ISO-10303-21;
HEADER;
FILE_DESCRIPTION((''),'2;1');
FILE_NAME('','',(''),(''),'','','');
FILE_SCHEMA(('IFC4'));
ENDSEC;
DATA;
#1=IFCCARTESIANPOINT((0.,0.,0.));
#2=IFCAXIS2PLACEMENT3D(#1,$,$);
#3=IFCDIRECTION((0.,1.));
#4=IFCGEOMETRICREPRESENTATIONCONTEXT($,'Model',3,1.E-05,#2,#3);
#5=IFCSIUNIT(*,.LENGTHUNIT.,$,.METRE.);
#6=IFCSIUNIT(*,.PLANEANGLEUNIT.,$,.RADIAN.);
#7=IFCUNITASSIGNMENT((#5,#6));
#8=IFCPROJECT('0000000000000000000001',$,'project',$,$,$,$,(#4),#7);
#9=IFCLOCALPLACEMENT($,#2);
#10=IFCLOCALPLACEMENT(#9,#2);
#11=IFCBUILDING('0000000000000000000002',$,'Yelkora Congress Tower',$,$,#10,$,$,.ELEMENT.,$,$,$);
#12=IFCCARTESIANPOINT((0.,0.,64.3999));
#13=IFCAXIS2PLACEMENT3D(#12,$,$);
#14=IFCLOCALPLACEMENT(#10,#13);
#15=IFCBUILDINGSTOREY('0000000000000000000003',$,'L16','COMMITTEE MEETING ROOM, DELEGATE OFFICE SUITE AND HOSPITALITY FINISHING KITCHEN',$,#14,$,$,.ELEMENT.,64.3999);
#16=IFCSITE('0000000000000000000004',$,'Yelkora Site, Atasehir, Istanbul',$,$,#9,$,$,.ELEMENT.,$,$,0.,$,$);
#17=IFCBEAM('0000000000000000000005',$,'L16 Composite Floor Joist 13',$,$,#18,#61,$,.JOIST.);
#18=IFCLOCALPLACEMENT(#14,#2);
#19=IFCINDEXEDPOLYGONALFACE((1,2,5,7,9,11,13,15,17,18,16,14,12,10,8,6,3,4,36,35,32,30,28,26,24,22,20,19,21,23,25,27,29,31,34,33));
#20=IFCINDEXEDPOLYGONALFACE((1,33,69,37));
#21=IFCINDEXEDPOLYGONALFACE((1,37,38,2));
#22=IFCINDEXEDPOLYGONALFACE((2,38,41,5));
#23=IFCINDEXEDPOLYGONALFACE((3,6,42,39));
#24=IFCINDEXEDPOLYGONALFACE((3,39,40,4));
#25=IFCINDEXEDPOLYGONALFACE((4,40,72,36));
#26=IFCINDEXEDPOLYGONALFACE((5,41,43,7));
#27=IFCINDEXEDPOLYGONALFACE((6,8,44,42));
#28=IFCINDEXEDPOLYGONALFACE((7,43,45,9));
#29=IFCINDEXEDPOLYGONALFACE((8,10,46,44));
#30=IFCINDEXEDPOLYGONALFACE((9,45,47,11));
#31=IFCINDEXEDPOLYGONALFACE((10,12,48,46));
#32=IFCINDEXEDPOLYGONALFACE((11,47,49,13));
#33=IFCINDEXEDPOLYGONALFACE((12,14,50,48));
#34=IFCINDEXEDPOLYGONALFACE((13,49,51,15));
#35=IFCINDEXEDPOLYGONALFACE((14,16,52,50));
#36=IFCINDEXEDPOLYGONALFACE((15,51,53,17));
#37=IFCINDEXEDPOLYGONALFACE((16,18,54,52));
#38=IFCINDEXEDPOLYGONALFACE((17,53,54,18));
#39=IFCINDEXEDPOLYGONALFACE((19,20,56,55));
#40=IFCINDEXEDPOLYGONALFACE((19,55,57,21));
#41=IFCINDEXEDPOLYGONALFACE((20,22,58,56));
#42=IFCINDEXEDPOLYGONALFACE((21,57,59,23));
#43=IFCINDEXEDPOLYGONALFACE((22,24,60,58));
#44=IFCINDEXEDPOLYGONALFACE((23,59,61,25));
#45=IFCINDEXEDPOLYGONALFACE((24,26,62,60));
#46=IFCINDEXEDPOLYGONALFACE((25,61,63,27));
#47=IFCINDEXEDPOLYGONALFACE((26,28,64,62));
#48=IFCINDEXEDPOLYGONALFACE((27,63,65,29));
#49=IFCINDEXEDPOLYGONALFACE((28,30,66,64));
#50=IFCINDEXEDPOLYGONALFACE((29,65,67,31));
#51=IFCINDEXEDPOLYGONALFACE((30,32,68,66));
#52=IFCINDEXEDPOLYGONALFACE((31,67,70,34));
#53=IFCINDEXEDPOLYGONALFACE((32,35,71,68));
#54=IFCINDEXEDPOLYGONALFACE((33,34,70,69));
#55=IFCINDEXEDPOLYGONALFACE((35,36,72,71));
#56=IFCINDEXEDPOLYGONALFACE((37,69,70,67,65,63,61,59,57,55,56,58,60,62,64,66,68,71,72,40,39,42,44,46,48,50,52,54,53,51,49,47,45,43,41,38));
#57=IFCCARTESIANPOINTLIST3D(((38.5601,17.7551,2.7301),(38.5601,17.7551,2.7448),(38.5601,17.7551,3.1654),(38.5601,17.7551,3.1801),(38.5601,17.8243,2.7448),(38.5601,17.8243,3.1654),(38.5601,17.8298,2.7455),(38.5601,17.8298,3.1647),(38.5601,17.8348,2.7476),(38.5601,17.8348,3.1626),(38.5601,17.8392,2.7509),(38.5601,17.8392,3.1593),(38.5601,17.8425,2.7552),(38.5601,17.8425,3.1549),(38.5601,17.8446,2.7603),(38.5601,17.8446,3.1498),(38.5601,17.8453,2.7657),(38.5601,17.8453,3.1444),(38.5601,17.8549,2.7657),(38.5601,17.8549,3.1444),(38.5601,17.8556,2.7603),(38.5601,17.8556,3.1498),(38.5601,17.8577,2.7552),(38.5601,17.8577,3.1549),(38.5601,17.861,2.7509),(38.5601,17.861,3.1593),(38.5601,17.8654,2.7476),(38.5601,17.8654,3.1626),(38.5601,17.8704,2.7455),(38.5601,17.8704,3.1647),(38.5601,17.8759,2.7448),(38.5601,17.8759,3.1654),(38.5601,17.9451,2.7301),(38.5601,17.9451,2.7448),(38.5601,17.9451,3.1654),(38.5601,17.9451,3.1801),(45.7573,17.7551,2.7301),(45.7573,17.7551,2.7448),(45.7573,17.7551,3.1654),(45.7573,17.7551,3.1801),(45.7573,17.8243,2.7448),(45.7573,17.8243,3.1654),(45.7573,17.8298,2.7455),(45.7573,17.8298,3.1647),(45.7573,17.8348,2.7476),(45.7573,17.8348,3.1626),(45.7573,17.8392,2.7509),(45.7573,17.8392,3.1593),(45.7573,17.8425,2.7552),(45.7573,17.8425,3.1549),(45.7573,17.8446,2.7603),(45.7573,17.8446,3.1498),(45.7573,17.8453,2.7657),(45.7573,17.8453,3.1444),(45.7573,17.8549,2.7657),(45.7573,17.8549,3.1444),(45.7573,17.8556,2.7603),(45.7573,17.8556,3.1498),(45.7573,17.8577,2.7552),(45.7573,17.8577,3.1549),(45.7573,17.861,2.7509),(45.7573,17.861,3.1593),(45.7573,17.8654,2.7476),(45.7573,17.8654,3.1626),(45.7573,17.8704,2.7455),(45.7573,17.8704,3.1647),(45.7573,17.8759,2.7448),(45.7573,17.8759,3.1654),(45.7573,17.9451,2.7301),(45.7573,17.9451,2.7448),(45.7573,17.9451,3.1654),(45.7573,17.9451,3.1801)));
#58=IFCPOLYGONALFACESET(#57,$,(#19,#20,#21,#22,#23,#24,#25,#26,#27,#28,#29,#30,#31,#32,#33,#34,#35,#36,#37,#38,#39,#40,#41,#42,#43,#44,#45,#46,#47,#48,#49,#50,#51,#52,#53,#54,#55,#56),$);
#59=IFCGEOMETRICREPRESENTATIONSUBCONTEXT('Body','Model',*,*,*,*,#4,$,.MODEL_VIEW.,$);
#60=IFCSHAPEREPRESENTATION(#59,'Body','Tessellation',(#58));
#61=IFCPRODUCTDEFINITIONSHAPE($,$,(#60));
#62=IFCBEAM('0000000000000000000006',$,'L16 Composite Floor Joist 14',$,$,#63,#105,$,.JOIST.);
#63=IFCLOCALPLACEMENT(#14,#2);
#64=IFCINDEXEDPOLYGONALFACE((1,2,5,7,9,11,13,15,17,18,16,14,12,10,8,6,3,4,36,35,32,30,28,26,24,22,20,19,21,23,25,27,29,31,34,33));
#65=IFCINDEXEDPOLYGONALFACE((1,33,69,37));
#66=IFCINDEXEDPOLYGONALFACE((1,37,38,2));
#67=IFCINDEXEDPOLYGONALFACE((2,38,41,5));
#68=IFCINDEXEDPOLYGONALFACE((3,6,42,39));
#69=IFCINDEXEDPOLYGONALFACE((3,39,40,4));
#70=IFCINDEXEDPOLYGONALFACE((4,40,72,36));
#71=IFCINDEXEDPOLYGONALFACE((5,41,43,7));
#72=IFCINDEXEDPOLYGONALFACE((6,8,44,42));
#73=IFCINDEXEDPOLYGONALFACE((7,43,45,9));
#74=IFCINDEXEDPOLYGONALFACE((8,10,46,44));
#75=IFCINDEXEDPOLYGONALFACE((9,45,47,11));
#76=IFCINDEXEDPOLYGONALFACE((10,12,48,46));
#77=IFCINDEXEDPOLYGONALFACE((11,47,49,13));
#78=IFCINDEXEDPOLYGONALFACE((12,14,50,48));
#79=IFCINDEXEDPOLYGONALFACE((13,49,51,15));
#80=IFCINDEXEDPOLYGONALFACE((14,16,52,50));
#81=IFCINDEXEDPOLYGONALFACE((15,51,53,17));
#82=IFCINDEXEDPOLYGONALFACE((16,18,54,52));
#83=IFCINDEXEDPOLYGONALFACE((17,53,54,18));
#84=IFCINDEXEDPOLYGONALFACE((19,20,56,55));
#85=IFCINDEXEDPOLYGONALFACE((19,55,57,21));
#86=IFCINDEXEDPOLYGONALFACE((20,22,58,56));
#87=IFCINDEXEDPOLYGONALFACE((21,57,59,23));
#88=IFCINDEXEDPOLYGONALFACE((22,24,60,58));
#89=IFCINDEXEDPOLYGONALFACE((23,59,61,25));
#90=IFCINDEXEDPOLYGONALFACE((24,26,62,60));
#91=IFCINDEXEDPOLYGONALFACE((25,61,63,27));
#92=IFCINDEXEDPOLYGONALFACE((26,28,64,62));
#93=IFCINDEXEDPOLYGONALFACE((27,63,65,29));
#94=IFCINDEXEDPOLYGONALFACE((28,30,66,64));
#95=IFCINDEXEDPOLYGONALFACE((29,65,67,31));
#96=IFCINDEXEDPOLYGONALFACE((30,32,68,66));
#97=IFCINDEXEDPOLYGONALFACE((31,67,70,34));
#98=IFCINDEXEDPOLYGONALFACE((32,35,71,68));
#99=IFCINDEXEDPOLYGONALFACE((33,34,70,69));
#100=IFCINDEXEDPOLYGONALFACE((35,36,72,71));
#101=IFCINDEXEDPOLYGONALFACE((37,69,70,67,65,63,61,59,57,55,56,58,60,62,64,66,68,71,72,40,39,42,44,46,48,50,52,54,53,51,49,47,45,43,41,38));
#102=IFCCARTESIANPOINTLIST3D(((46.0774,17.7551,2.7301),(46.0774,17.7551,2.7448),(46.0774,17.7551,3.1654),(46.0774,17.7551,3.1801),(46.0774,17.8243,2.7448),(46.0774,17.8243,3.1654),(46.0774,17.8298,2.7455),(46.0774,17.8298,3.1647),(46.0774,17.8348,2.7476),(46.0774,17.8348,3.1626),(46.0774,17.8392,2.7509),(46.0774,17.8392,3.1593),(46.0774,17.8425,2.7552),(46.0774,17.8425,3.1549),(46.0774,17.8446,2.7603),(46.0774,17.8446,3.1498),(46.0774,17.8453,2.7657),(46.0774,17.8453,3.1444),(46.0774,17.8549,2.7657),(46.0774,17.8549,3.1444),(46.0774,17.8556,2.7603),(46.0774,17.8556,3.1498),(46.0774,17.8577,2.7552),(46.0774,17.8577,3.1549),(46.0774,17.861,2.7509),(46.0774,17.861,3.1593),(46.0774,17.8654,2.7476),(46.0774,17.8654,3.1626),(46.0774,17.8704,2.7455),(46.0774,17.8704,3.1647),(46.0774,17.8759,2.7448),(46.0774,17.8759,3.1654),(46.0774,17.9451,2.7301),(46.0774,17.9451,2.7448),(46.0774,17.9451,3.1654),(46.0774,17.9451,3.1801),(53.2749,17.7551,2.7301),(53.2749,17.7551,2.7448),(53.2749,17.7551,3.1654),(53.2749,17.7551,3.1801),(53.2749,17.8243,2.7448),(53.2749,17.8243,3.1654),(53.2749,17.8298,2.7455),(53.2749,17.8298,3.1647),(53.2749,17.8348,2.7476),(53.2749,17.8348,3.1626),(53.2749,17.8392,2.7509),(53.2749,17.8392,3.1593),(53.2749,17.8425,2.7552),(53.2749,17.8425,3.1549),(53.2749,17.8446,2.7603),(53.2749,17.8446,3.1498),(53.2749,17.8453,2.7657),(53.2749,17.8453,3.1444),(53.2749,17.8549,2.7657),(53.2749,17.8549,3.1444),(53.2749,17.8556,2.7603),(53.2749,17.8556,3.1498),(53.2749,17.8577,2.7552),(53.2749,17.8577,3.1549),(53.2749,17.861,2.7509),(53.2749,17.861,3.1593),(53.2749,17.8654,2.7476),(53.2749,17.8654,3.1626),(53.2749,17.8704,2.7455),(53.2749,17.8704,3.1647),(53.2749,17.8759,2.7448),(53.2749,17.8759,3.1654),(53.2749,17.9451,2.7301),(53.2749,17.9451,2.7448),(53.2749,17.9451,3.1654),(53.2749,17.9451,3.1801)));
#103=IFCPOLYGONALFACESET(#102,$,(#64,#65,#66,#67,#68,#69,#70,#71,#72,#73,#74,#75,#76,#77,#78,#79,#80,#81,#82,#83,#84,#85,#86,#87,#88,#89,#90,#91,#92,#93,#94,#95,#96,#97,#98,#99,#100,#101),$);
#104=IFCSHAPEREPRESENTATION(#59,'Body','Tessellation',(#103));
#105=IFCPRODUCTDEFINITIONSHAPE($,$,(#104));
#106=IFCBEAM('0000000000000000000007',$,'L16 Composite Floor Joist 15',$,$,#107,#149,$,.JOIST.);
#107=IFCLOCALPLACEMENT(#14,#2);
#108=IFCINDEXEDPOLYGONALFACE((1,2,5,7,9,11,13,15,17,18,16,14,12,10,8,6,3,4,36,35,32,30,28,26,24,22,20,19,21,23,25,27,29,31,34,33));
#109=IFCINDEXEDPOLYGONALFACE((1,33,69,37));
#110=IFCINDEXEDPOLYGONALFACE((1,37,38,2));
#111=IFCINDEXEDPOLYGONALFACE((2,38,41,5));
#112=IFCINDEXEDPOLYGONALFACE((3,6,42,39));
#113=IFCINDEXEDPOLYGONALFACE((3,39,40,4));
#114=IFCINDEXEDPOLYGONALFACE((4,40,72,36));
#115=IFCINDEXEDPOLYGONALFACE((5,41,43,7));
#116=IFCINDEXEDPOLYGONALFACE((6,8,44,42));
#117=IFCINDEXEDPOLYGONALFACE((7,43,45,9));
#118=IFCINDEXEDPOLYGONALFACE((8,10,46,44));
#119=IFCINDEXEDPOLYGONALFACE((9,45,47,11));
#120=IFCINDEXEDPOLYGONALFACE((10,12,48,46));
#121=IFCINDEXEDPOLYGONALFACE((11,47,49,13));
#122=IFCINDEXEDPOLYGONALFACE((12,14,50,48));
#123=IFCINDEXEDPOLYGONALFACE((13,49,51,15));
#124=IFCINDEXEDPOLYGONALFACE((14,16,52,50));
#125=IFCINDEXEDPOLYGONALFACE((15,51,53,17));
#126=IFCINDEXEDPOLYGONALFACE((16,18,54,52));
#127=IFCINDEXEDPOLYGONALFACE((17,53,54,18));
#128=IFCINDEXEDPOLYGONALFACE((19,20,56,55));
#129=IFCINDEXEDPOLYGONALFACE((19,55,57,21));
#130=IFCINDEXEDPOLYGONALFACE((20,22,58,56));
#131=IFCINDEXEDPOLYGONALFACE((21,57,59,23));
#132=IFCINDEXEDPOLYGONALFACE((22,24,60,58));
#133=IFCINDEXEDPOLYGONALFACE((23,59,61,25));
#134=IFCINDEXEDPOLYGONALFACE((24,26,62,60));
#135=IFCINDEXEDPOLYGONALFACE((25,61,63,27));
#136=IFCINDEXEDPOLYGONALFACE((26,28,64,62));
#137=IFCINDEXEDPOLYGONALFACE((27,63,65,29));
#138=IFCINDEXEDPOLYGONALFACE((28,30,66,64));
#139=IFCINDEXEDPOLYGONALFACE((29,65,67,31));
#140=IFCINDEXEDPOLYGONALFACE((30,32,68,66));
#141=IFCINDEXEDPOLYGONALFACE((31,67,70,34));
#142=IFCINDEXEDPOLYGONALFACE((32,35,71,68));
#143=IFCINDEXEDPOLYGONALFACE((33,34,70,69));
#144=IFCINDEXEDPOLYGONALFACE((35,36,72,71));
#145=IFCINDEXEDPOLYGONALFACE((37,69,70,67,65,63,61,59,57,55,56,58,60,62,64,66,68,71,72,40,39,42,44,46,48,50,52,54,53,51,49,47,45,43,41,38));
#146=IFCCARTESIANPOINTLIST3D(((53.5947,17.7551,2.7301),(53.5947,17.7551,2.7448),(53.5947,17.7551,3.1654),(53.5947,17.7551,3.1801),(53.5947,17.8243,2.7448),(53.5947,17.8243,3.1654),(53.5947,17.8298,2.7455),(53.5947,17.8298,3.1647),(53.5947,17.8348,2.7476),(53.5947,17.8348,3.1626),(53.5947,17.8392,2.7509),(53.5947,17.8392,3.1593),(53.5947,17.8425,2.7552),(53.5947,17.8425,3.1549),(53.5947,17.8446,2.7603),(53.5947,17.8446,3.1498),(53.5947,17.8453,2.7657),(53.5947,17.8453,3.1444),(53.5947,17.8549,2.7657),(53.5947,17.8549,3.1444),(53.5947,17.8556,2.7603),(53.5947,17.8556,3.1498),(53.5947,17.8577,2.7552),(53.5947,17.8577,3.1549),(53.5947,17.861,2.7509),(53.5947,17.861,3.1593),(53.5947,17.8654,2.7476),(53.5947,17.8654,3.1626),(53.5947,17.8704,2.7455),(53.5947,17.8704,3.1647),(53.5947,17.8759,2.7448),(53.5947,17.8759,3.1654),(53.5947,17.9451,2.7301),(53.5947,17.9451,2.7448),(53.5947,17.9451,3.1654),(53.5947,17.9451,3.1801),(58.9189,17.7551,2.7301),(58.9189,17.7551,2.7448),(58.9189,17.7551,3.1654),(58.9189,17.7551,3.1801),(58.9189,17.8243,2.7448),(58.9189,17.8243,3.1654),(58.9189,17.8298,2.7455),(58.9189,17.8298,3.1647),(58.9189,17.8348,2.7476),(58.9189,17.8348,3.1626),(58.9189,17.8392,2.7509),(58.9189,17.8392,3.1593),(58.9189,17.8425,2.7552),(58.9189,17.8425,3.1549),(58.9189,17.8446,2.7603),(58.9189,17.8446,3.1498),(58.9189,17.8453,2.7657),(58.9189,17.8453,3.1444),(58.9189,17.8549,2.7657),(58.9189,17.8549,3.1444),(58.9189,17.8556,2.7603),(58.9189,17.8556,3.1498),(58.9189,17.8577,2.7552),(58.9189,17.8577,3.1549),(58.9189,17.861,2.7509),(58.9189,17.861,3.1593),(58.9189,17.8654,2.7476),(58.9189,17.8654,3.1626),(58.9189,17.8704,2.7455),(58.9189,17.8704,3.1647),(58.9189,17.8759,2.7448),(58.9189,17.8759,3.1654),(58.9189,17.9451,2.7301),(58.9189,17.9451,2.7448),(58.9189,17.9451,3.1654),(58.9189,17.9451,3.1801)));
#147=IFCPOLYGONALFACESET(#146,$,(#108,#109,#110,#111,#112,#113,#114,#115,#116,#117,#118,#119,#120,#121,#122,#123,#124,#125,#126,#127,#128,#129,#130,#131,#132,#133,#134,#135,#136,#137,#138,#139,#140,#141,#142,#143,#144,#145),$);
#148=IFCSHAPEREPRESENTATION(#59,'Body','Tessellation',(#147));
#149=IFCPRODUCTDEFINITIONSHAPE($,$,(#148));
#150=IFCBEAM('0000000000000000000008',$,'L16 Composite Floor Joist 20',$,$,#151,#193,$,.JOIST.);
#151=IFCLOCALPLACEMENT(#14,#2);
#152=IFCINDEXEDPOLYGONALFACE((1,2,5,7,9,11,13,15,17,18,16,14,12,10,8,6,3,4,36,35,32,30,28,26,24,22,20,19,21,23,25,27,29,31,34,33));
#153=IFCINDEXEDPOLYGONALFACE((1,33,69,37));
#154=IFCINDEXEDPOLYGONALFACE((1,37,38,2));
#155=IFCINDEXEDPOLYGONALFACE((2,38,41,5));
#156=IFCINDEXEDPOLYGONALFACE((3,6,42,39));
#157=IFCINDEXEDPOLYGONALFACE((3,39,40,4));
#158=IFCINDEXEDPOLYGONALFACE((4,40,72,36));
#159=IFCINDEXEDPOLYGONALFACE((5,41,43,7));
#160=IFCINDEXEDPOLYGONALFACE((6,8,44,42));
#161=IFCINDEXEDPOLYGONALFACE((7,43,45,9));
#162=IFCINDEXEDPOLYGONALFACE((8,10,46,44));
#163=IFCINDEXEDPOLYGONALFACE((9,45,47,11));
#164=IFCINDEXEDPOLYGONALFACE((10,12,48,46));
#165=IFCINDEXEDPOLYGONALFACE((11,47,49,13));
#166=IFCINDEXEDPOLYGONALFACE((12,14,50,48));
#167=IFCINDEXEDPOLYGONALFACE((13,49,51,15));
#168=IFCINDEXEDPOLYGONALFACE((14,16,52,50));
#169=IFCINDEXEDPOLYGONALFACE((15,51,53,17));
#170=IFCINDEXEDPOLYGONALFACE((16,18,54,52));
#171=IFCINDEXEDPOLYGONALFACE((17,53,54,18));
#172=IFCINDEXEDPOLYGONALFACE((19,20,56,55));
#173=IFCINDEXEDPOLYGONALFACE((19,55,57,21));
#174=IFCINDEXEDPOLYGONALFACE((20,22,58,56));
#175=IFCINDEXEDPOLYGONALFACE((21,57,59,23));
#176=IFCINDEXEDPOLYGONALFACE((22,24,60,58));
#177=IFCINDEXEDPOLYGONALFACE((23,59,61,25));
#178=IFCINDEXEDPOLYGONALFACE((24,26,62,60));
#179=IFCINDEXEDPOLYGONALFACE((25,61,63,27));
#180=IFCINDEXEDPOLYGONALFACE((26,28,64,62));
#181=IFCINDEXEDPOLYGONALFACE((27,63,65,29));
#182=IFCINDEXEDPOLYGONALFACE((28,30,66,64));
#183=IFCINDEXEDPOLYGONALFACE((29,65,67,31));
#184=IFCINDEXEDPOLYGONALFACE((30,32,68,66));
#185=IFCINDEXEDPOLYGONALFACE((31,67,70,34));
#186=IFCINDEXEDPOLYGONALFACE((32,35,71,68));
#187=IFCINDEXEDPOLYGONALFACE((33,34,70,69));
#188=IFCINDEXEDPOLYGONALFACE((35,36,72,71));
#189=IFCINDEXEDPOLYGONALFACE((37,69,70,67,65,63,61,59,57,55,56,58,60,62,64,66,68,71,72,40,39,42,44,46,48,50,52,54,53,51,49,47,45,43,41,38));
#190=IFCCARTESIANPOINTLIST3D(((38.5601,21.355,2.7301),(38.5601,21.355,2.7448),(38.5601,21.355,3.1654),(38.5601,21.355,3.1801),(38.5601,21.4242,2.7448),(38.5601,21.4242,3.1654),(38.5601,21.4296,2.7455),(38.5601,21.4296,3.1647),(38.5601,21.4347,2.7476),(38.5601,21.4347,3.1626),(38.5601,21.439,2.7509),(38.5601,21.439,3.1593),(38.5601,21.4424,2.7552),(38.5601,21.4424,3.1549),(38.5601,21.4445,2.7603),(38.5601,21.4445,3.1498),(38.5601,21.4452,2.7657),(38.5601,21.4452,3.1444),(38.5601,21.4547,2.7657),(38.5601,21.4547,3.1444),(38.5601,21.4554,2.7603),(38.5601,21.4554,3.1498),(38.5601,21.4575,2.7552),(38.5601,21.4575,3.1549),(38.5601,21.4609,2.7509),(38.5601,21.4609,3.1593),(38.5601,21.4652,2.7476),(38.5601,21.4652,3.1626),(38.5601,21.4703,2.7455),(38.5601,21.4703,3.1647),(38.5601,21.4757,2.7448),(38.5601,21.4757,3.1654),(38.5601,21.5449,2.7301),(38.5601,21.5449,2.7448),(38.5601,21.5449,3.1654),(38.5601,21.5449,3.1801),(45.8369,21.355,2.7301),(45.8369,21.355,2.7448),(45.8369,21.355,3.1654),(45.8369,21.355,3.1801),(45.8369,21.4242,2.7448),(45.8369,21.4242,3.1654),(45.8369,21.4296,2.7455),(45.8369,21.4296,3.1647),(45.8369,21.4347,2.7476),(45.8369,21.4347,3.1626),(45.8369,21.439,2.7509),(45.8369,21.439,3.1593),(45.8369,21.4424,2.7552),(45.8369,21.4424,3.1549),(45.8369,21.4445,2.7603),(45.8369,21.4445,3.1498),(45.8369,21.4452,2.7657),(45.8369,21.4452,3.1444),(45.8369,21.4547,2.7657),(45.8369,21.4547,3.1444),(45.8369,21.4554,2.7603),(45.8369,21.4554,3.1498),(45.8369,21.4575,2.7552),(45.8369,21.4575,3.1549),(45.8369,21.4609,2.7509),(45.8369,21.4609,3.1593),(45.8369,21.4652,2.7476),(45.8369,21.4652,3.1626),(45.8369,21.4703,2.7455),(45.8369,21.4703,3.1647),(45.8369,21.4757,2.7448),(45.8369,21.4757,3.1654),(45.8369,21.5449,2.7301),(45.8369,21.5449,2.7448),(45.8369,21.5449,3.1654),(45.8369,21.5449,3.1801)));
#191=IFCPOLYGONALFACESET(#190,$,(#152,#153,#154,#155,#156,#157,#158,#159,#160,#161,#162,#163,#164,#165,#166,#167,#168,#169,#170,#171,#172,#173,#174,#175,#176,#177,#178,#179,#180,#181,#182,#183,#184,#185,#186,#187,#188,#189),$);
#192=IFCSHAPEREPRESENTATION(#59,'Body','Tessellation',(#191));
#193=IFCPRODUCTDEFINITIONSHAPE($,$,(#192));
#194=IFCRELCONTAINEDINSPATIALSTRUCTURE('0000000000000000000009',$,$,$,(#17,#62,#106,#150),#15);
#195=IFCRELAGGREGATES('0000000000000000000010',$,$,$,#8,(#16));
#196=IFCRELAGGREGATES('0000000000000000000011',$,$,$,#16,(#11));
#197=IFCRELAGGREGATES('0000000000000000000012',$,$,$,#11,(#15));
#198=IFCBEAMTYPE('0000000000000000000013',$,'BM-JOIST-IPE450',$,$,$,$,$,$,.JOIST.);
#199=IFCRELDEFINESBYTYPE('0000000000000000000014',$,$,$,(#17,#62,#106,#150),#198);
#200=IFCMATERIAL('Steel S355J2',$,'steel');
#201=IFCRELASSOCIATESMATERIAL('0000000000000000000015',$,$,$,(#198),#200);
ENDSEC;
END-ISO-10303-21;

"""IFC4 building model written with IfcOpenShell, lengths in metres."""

from ifc_helpers import new_model, si_unit, direction, frame, origin, origin_2d, place, context, subcontext, project, spatial, i_section, extrude, material, material_profile, profile_set, type_object, element, save


model = new_model("IFC4")

# Units and contexts
model_context = context("Model", 3, precision=1e-05, world=origin(), true_north=direction((0.0, 1.0)))
body_context = subcontext(model_context, "Body", "Model", "MODEL_VIEW")
ifc_project = project(units=[si_unit("LENGTHUNIT", "METRE"), si_unit("PLANEANGLEUNIT", "RADIAN")], contexts=[model_context])

# Site, building, storey
site_placement = place(None, origin())
site = spatial("IfcSite", under=ifc_project, at=site_placement, Name="Yelkora Site, Atasehir, Istanbul", CompositionType="ELEMENT", RefElevation=0.0)
building_placement = place(site_placement, origin())
building = spatial("IfcBuilding", under=site, at=building_placement, Name="Yelkora Congress Tower", CompositionType="ELEMENT")
storey_placement = place(building_placement, frame((0.0, 0.0, 64.3999)))
storey = spatial("IfcBuildingStorey", under=building, at=storey_placement, Name="L16", Description="COMMITTEE MEETING ROOM, DELEGATE OFFICE SUITE AND HOSPITALITY FINISHING KITCHEN", CompositionType="ELEMENT", Elevation=64.3999)

# Beams
ifc_material_1 = material(Name="Steel S355J2", Category="steel")
ifc_material_profile_1 = material_profile(ifc_material_1, i_section(OverallWidth=0.1899, OverallDepth=0.45, WebThickness=0.0095, FlangeThickness=0.0146, FilletRadius=0.021, at=origin_2d()), Name="IPE 450")
ifc_profile_set_1 = profile_set([ifc_material_profile_1], Name="Steel S355J2")
beam_type_1 = type_object("IfcBeamType", Name="BM-JOIST-IPE450", PredefinedType="JOIST", material=ifc_profile_set_1)
beam_1_placement = place(storey_placement, frame((38.5601, 17.8501, 2.9551), z_axis=(1.0, 0.0, 0.0), x_axis=(0.0, 1.0, 0.0)))
element("IfcBeam", 1, at=beam_1_placement, inside=storey, type_object=beam_type_1, Name="L16 Composite Floor Joist 13", PredefinedType="JOIST", context=body_context, shape_type="SweptSolid", body=[
    extrude(i_section(OverallWidth=0.1899, OverallDepth=0.45, WebThickness=0.0095, FlangeThickness=0.0146, FilletRadius=0.021, at=origin_2d()), origin(), (0.0, 0.0, 1.0), 7.1973),
])
beam_2_placement = place(storey_placement, frame((46.0774, 17.8501, 2.9551), z_axis=(1.0, 0.0, 0.0), x_axis=(0.0, 1.0, 0.0)))
element("IfcBeam", 2, at=beam_2_placement, inside=storey, type_object=beam_type_1, Name="L16 Composite Floor Joist 14", PredefinedType="JOIST", context=body_context, shape_type="SweptSolid", body=[
    extrude(i_section(OverallWidth=0.1899, OverallDepth=0.45, WebThickness=0.0095, FlangeThickness=0.0146, FilletRadius=0.021, at=origin_2d()), origin(), (0.0, 0.0, 1.0), 7.1975),
])
beam_3_placement = place(storey_placement, frame((53.5947, 17.8501, 2.9551), z_axis=(1.0, 0.0, 0.0), x_axis=(0.0, 1.0, 0.0)))
element("IfcBeam", 3, at=beam_3_placement, inside=storey, type_object=beam_type_1, Name="L16 Composite Floor Joist 15", PredefinedType="JOIST", context=body_context, shape_type="SweptSolid", body=[
    extrude(i_section(OverallWidth=0.1899, OverallDepth=0.45, WebThickness=0.0095, FlangeThickness=0.0146, FilletRadius=0.021, at=origin_2d()), origin(), (0.0, 0.0, 1.0), 5.3242),
])
beam_4_placement = place(storey_placement, frame((38.5601, 21.45, 2.9551), z_axis=(1.0, 0.0, 0.0), x_axis=(0.0, 1.0, 0.0)))
element("IfcBeam", 4, at=beam_4_placement, inside=storey, type_object=beam_type_1, Name="L16 Composite Floor Joist 20", PredefinedType="JOIST", context=body_context, shape_type="SweptSolid", body=[
    extrude(i_section(OverallWidth=0.1899, OverallDepth=0.45, WebThickness=0.0095, FlangeThickness=0.0146, FilletRadius=0.021, at=origin_2d()), origin(), (0.0, 0.0, 1.0), 7.2769),
])

save(model, "model.ifc")
